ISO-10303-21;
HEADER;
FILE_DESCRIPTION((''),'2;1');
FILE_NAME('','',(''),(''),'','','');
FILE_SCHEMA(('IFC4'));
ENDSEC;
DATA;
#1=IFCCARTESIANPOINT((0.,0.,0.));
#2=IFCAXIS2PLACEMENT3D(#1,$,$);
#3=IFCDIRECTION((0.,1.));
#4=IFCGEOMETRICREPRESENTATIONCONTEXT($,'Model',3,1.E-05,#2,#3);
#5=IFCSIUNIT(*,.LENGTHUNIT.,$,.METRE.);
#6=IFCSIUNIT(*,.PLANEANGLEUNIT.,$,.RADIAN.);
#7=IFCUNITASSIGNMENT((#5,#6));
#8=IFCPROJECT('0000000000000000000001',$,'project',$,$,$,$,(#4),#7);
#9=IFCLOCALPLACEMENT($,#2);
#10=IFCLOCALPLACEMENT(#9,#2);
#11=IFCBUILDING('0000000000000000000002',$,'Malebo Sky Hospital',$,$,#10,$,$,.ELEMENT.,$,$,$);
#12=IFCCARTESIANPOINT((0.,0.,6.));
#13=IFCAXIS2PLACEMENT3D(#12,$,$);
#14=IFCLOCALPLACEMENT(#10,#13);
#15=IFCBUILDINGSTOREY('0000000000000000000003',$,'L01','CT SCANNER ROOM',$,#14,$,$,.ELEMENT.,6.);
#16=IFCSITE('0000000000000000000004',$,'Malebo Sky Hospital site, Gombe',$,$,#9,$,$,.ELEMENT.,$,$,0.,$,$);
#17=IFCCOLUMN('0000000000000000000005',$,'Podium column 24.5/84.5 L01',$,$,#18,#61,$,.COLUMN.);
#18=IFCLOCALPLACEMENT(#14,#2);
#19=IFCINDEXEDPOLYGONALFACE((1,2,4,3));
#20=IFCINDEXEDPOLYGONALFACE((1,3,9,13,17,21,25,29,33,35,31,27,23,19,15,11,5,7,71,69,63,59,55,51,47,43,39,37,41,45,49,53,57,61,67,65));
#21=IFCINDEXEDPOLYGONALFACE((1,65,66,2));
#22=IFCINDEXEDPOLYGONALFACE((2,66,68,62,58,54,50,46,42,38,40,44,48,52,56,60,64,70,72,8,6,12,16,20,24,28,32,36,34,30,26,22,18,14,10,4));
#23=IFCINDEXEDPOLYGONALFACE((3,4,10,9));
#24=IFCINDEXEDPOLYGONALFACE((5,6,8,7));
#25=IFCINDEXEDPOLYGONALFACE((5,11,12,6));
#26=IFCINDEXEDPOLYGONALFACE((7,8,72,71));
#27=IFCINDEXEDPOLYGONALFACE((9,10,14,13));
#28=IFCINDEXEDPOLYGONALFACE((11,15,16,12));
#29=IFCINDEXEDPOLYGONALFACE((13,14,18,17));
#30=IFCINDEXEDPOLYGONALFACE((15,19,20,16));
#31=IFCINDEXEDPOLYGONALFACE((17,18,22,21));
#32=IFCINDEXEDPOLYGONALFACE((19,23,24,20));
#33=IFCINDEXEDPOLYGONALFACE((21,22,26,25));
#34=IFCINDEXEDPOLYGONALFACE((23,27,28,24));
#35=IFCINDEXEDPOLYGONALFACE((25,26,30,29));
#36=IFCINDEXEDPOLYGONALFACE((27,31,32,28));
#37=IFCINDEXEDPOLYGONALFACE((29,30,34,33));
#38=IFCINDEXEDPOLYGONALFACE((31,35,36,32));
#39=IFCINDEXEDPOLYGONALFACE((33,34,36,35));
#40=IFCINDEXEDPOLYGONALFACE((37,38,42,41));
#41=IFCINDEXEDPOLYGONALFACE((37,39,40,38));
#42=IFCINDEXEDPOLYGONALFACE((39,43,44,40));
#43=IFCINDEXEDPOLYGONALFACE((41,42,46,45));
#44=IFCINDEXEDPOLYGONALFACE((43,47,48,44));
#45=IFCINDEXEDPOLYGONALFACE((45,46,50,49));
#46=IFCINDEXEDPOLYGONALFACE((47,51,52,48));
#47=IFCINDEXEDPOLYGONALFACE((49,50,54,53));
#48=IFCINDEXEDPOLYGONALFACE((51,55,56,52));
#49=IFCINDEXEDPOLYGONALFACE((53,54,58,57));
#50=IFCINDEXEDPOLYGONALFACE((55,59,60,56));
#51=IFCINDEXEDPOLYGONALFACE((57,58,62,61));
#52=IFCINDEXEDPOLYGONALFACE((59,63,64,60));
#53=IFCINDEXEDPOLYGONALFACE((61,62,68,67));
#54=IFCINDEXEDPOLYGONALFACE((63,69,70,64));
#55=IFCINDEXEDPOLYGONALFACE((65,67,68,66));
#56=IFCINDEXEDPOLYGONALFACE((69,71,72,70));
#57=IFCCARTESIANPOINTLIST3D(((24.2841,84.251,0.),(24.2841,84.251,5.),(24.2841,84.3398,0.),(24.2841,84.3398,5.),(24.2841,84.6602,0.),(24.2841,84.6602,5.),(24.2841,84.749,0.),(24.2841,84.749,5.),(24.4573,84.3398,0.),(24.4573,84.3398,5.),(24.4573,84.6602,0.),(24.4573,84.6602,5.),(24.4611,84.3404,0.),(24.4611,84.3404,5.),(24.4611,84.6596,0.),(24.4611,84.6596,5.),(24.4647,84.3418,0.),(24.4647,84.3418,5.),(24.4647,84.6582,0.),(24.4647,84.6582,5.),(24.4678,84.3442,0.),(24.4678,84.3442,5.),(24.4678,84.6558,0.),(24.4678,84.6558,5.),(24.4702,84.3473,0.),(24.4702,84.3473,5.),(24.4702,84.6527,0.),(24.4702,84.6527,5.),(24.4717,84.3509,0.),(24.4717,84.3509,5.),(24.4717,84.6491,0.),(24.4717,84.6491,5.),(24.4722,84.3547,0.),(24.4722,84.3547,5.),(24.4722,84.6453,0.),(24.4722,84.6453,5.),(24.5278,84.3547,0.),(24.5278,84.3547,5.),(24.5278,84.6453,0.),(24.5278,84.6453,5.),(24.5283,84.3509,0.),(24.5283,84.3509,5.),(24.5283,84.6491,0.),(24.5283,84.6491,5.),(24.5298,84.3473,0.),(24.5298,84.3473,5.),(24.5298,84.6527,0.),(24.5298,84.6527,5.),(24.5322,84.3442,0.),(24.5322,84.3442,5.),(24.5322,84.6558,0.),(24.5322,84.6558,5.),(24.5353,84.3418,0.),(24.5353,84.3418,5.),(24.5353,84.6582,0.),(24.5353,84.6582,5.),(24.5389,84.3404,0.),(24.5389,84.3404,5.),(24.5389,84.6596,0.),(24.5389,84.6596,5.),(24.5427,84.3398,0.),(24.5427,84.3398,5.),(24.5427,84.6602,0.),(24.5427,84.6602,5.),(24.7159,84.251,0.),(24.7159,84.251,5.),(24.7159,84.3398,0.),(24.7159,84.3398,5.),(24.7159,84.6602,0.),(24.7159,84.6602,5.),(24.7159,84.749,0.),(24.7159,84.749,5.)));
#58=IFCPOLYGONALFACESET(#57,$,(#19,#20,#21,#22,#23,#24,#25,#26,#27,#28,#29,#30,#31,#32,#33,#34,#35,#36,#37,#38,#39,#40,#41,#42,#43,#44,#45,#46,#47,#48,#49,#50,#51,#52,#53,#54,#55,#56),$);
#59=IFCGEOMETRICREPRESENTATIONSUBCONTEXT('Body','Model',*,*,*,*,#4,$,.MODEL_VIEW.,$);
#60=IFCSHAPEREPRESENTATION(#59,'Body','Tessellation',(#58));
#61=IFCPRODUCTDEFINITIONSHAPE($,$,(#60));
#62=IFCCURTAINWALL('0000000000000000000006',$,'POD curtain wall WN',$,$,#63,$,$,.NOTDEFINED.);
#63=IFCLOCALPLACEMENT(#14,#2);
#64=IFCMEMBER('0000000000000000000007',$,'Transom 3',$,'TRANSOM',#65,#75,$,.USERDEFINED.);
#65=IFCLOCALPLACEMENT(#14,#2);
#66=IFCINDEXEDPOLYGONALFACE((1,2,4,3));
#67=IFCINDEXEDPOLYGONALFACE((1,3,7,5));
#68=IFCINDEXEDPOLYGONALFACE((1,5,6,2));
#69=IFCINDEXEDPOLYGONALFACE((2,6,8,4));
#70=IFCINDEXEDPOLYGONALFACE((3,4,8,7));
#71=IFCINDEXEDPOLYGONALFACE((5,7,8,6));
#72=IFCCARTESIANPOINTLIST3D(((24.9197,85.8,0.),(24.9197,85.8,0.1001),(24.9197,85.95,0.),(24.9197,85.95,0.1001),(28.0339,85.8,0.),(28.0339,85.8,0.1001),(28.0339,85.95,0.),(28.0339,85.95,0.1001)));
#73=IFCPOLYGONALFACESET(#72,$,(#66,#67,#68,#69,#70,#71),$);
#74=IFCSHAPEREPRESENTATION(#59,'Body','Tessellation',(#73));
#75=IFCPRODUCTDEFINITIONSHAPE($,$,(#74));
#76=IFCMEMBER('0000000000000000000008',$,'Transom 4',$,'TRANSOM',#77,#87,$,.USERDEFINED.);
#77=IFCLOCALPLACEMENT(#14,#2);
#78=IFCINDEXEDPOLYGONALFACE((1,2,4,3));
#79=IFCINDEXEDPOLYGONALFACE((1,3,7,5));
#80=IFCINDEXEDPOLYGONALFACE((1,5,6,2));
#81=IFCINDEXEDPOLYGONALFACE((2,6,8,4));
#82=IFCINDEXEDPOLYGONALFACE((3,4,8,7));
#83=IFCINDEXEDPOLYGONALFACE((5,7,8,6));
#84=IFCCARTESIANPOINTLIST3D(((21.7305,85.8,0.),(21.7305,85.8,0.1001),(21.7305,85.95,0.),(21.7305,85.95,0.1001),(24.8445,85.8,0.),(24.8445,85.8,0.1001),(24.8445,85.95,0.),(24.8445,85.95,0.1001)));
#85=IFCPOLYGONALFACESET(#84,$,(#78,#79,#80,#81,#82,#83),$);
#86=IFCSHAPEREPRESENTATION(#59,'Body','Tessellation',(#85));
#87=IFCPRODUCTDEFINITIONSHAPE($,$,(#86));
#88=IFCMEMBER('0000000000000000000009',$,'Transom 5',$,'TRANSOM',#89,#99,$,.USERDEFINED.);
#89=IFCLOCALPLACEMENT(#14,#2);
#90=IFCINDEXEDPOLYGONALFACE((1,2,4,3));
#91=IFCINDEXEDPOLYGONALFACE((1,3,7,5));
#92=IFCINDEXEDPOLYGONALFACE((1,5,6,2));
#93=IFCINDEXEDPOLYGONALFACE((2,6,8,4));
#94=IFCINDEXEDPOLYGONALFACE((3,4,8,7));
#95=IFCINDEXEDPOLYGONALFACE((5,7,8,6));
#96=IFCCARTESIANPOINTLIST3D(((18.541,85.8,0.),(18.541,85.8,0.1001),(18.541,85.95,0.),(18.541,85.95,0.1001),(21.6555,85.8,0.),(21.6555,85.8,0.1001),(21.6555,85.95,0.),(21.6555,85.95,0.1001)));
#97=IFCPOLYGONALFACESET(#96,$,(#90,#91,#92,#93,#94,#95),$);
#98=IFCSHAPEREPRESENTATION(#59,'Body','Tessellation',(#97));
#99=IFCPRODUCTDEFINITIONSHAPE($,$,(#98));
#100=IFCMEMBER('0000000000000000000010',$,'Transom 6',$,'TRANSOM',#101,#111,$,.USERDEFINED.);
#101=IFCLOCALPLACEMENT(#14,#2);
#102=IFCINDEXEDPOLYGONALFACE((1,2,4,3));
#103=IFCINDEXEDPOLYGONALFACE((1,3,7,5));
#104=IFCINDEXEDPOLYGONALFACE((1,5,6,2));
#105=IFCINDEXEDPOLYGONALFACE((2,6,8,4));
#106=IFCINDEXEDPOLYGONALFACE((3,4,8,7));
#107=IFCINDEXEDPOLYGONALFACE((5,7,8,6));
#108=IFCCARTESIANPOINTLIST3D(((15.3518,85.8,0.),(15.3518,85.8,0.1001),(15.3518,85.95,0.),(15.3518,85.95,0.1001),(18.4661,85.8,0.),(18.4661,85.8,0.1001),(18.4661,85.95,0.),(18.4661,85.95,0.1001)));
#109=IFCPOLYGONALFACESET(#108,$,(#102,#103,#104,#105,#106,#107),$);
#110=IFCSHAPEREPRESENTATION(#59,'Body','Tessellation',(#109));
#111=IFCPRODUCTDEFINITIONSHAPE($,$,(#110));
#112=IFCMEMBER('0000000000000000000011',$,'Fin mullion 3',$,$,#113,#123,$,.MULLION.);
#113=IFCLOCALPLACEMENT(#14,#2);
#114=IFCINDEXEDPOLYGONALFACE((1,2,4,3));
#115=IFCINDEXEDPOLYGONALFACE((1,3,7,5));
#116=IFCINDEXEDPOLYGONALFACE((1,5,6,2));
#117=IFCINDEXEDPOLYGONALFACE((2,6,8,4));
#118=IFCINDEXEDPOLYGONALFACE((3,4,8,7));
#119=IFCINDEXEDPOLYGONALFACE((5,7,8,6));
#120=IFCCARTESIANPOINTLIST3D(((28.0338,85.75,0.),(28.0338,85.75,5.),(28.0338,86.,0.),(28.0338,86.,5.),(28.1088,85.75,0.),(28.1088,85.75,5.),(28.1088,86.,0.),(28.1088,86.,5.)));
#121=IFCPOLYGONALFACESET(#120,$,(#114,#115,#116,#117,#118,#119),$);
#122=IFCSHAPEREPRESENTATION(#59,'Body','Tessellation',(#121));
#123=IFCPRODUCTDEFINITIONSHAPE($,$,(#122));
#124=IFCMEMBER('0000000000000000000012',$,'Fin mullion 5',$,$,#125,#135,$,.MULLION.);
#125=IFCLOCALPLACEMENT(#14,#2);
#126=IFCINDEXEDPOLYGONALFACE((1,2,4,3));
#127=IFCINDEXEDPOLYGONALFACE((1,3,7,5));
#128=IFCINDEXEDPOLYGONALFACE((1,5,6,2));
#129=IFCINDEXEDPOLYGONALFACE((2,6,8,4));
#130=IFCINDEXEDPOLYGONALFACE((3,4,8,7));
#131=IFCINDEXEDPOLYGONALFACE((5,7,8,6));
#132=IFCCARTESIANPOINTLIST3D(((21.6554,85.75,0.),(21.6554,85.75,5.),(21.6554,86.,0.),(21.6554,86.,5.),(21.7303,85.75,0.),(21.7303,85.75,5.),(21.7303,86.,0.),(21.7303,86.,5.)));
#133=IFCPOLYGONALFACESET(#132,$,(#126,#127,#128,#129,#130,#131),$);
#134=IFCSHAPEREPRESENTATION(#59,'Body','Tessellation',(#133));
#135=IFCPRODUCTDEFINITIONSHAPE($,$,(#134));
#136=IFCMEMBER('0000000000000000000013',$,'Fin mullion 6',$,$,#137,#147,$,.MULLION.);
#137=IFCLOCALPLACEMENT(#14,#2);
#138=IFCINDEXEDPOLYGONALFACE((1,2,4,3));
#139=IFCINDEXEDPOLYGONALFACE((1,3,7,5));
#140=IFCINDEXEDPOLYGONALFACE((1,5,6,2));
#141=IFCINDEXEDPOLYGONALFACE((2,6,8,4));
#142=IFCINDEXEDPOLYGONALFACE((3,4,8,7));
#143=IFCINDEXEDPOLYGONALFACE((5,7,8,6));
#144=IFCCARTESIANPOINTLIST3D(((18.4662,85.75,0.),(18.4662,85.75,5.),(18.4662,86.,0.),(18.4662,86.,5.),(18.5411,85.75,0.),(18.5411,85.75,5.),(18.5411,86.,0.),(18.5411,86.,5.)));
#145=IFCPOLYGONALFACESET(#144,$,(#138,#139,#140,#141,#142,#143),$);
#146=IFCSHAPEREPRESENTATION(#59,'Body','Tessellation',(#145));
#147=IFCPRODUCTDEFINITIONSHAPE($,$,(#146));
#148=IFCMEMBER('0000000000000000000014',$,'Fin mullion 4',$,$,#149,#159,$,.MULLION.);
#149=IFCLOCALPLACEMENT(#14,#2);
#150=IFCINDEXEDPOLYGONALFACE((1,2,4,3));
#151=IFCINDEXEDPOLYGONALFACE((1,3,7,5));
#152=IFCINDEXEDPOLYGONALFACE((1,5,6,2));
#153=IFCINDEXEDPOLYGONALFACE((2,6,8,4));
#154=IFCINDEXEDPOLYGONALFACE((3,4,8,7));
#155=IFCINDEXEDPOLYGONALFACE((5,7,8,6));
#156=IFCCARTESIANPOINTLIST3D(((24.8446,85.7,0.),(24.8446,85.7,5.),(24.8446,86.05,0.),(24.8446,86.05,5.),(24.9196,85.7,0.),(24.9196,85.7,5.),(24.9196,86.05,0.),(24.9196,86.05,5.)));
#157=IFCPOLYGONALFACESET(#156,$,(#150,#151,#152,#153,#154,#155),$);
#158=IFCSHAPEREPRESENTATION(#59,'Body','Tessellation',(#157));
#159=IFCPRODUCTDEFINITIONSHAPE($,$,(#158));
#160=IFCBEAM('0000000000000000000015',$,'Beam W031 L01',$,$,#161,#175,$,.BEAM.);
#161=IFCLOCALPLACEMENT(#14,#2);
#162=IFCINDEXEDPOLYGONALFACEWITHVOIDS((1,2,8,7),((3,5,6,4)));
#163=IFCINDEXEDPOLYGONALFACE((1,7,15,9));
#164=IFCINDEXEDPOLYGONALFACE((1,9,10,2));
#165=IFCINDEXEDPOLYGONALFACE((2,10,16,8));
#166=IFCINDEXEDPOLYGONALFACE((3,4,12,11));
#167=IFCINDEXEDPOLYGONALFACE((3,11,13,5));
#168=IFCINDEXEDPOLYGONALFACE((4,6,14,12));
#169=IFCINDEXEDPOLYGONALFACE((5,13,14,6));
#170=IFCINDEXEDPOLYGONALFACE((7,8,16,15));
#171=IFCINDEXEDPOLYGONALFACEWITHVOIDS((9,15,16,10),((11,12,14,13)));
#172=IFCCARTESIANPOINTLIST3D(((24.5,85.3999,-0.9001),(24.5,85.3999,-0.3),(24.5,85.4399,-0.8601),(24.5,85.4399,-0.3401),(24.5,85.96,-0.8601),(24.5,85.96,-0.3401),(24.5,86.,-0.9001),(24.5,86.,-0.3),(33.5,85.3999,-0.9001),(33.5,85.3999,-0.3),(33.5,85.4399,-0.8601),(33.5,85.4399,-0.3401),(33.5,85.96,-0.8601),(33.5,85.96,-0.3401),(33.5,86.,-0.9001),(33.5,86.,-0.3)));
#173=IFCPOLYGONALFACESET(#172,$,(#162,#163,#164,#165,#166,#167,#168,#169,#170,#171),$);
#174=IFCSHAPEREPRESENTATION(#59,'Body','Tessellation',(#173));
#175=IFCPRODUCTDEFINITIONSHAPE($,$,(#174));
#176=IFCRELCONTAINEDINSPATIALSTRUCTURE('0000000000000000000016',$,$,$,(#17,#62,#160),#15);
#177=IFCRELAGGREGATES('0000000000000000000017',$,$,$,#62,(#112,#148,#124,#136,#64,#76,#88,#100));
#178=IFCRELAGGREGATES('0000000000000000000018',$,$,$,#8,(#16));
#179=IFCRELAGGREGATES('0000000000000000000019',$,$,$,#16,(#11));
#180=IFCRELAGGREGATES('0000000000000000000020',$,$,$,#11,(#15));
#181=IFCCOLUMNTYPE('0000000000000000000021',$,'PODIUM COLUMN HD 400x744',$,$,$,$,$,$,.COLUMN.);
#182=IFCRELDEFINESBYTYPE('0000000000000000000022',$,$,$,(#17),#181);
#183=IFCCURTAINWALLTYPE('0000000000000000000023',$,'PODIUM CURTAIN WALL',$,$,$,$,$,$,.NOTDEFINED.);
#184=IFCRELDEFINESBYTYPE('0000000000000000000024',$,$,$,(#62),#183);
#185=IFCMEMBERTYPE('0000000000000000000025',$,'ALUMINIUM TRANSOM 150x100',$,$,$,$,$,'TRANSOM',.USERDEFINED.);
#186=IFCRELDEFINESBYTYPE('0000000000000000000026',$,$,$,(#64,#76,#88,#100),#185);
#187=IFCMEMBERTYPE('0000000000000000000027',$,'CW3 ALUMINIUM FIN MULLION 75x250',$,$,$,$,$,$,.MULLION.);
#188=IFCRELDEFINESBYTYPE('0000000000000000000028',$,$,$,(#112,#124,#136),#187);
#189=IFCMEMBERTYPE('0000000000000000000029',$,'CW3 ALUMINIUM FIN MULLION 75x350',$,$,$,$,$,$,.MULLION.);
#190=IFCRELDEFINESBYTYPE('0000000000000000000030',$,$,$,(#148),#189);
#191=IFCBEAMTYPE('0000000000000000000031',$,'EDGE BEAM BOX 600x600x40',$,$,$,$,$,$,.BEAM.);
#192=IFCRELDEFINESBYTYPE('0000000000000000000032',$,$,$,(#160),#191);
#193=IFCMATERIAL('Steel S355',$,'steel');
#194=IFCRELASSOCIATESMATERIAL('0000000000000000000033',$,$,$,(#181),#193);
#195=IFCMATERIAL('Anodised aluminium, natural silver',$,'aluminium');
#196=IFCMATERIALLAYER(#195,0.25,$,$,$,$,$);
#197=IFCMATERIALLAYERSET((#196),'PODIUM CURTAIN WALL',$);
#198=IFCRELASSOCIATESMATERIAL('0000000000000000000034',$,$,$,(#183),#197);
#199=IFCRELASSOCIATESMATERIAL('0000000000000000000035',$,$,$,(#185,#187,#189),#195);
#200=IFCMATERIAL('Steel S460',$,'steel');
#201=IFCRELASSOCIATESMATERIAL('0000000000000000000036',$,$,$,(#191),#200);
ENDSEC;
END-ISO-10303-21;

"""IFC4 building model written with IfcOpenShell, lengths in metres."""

from ifc_helpers import new_model, si_unit, direction, frame, origin, origin_2d, place, context, subcontext, project, spatial, rectangle, hollow_rectangle, i_section, extrude, material, layer, layer_set, material_profile, profile_set, type_object, element, aggregate, save


model = new_model("IFC4")

# Units and contexts
model_context = context("Model", 3, precision=1e-05, world=origin(), true_north=direction((0.0, 1.0)))
body_context = subcontext(model_context, "Body", "Model", "MODEL_VIEW")
ifc_project = project(units=[si_unit("LENGTHUNIT", "METRE"), si_unit("PLANEANGLEUNIT", "RADIAN")], contexts=[model_context])

# Site, building, storey
site_placement = place(None, origin())
site = spatial("IfcSite", under=ifc_project, at=site_placement, Name="Malebo Sky Hospital site, Gombe", CompositionType="ELEMENT", RefElevation=0.0)
building_placement = place(site_placement, origin())
building = spatial("IfcBuilding", under=site, at=building_placement, Name="Malebo Sky Hospital", CompositionType="ELEMENT")
storey_placement = place(building_placement, frame((0.0, 0.0, 6.0)))
storey = spatial("IfcBuildingStorey", under=building, at=storey_placement, Name="L01", Description="CT SCANNER ROOM", CompositionType="ELEMENT", Elevation=6.0)

# Column
ifc_material_1 = material(Name="Steel S355", Category="steel")
ifc_material_profile_1 = material_profile(ifc_material_1, i_section(OverallWidth=0.4319, OverallDepth=0.498, WebThickness=0.0557, FlangeThickness=0.0889, FilletRadius=0.0149, at=origin_2d()), Name="HD 400x744")
ifc_profile_set_1 = profile_set([ifc_material_profile_1], Name="Steel S355")
column_type = type_object("IfcColumnType", Name="PODIUM COLUMN HD 400x744", PredefinedType="COLUMN", material=ifc_profile_set_1)
column_placement = place(storey_placement, frame((24.5, 84.5, 0.0), z_axis=(0.0, 0.0, 1.0), x_axis=(1.0, 0.0, 0.0)))
element("IfcColumn", 1, at=column_placement, inside=storey, type_object=column_type, Name="Podium column 24.5/84.5 L01", PredefinedType="COLUMN", context=body_context, shape_type="SweptSolid", body=[
    extrude(i_section(OverallWidth=0.4319, OverallDepth=0.498, WebThickness=0.0557, FlangeThickness=0.0889, FilletRadius=0.0149, at=origin_2d()), origin(), (0.0, 0.0, 1.0), 5.0),
])

# Curtain wall, members
ifc_material_2 = material(Name="Anodised aluminium, natural silver", Category="aluminium")
ifc_layer_1 = layer(ifc_material_2, 0.25)
ifc_layer_set_1 = layer_set([ifc_layer_1], Name="PODIUM CURTAIN WALL")
curtain_wall_type = type_object("IfcCurtainWallType", Name="PODIUM CURTAIN WALL", PredefinedType="NOTDEFINED", material=ifc_layer_set_1)
curtain_wall_placement = place(storey_placement, origin())
curtain_wall = element("IfcCurtainWall", 2, at=curtain_wall_placement, inside=storey, type_object=curtain_wall_type, Name="POD curtain wall WN", PredefinedType="NOTDEFINED")
ifc_material_profile_2 = material_profile(ifc_material_2, rectangle(XDim=0.1499, YDim=0.1001, at=origin_2d()), Name="ALUMINIUM TRANSOM 150x100")
ifc_profile_set_2 = profile_set([ifc_material_profile_2], Name="Anodised aluminium, natural silver")
member_type_1 = type_object("IfcMemberType", Name="ALUMINIUM TRANSOM 150x100", ElementType="TRANSOM", PredefinedType="USERDEFINED", material=ifc_profile_set_2)
member_1_placement = place(storey_placement, frame((28.0339, 85.875, 0.05), z_axis=(-1.0, 0.0, 0.0), x_axis=(0.0, -1.0, 0.0)))
member_1 = element("IfcMember", 3, at=member_1_placement, type_object=member_type_1, Name="Transom 3", ObjectType="TRANSOM", PredefinedType="USERDEFINED", context=body_context, shape_type="SweptSolid", body=[
    extrude(rectangle(XDim=0.1499, YDim=0.1001, at=origin_2d()), origin(), (0.0, 0.0, 1.0), 3.1143),
])
member_2_placement = place(storey_placement, frame((24.8445, 85.875, 0.05), z_axis=(-1.0, 0.0, 0.0), x_axis=(0.0, -1.0, 0.0)))
member_2 = element("IfcMember", 4, at=member_2_placement, type_object=member_type_1, Name="Transom 4", ObjectType="TRANSOM", PredefinedType="USERDEFINED", context=body_context, shape_type="SweptSolid", body=[
    extrude(rectangle(XDim=0.1499, YDim=0.1001, at=origin_2d()), origin(), (0.0, 0.0, 1.0), 3.114),
])
member_3_placement = place(storey_placement, frame((21.6555, 85.875, 0.05), z_axis=(-1.0, 0.0, 0.0), x_axis=(0.0, -1.0, 0.0)))
member_3 = element("IfcMember", 5, at=member_3_placement, type_object=member_type_1, Name="Transom 5", ObjectType="TRANSOM", PredefinedType="USERDEFINED", context=body_context, shape_type="SweptSolid", body=[
    extrude(rectangle(XDim=0.1499, YDim=0.1001, at=origin_2d()), origin(), (0.0, 0.0, 1.0), 3.1145),
])
member_4_placement = place(storey_placement, frame((18.4661, 85.875, 0.05), z_axis=(-1.0, 0.0, 0.0), x_axis=(0.0, -1.0, 0.0)))
member_4 = element("IfcMember", 6, at=member_4_placement, type_object=member_type_1, Name="Transom 6", ObjectType="TRANSOM", PredefinedType="USERDEFINED", context=body_context, shape_type="SweptSolid", body=[
    extrude(rectangle(XDim=0.1499, YDim=0.1001, at=origin_2d()), origin(), (0.0, 0.0, 1.0), 3.1143),
])
ifc_material_profile_3 = material_profile(ifc_material_2, rectangle(XDim=0.075, YDim=0.25, at=origin_2d()), Name="CW3 ALUMINIUM FIN MULLION 75x250")
ifc_profile_set_3 = profile_set([ifc_material_profile_3], Name="Anodised aluminium, natural silver")
member_type_2 = type_object("IfcMemberType", Name="CW3 ALUMINIUM FIN MULLION 75x250", PredefinedType="MULLION", material=ifc_profile_set_3)
member_5_placement = place(storey_placement, frame((28.0713, 85.875, 0.0), z_axis=(0.0, 0.0, 1.0), x_axis=(-1.0, 0.0, 0.0)))
member_5 = element("IfcMember", 7, at=member_5_placement, type_object=member_type_2, Name="Fin mullion 3", PredefinedType="MULLION", context=body_context, shape_type="SweptSolid", body=[
    extrude(rectangle(XDim=0.075, YDim=0.25, at=origin_2d()), origin(), (0.0, 0.0, 1.0), 5.0),
])
member_6_placement = place(storey_placement, frame((21.6929, 85.875, 0.0), z_axis=(0.0, 0.0, 1.0), x_axis=(-1.0, 0.0, 0.0)))
member_6 = element("IfcMember", 8, at=member_6_placement, type_object=member_type_2, Name="Fin mullion 5", PredefinedType="MULLION", context=body_context, shape_type="SweptSolid", body=[
    extrude(rectangle(XDim=0.075, YDim=0.25, at=origin_2d()), origin(), (0.0, 0.0, 1.0), 5.0),
])
member_7_placement = place(storey_placement, frame((18.5037, 85.875, 0.0), z_axis=(0.0, 0.0, 1.0), x_axis=(-1.0, 0.0, 0.0)))
member_7 = element("IfcMember", 9, at=member_7_placement, type_object=member_type_2, Name="Fin mullion 6", PredefinedType="MULLION", context=body_context, shape_type="SweptSolid", body=[
    extrude(rectangle(XDim=0.075, YDim=0.25, at=origin_2d()), origin(), (0.0, 0.0, 1.0), 5.0),
])
ifc_material_profile_4 = material_profile(ifc_material_2, rectangle(XDim=0.075, YDim=0.3501, at=origin_2d()), Name="CW3 ALUMINIUM FIN MULLION 75x350")
ifc_profile_set_4 = profile_set([ifc_material_profile_4], Name="Anodised aluminium, natural silver")
member_type_3 = type_object("IfcMemberType", Name="CW3 ALUMINIUM FIN MULLION 75x350", PredefinedType="MULLION", material=ifc_profile_set_4)
member_8_placement = place(storey_placement, frame((24.8821, 85.875, 0.0), z_axis=(0.0, 0.0, 1.0), x_axis=(-1.0, 0.0, 0.0)))
member_8 = element("IfcMember", 10, at=member_8_placement, type_object=member_type_3, Name="Fin mullion 4", PredefinedType="MULLION", context=body_context, shape_type="SweptSolid", body=[
    extrude(rectangle(XDim=0.075, YDim=0.3501, at=origin_2d()), origin(), (0.0, 0.0, 1.0), 5.0),
])

# Beam
ifc_material_3 = material(Name="Steel S460", Category="steel")
ifc_material_profile_5 = material_profile(ifc_material_3, hollow_rectangle(XDim=0.6001, YDim=0.6001, WallThickness=0.04, at=origin_2d()), Name="BOX 600x600x40")
ifc_profile_set_5 = profile_set([ifc_material_profile_5], Name="Steel S460")
beam_type_1 = type_object("IfcBeamType", Name="EDGE BEAM BOX 600x600x40", PredefinedType="BEAM", material=ifc_profile_set_5)
beam_1_placement = place(storey_placement, frame((24.5, 85.7, -0.6001), z_axis=(1.0, 0.0, 0.0), x_axis=(0.0, 1.0, 0.0)))
element("IfcBeam", 11, at=beam_1_placement, inside=storey, type_object=beam_type_1, Name="Beam W031 L01", PredefinedType="BEAM", context=body_context, shape_type="SweptSolid", body=[
    extrude(hollow_rectangle(XDim=0.6001, YDim=0.6001, WallThickness=0.04, at=origin_2d()), origin(), (0.0, 0.0, 1.0), 9.0),
])

aggregate(curtain_wall, [member_5, member_8, member_6, member_7, member_1, member_2, member_3, member_4])

save(model, "model.ifc")
